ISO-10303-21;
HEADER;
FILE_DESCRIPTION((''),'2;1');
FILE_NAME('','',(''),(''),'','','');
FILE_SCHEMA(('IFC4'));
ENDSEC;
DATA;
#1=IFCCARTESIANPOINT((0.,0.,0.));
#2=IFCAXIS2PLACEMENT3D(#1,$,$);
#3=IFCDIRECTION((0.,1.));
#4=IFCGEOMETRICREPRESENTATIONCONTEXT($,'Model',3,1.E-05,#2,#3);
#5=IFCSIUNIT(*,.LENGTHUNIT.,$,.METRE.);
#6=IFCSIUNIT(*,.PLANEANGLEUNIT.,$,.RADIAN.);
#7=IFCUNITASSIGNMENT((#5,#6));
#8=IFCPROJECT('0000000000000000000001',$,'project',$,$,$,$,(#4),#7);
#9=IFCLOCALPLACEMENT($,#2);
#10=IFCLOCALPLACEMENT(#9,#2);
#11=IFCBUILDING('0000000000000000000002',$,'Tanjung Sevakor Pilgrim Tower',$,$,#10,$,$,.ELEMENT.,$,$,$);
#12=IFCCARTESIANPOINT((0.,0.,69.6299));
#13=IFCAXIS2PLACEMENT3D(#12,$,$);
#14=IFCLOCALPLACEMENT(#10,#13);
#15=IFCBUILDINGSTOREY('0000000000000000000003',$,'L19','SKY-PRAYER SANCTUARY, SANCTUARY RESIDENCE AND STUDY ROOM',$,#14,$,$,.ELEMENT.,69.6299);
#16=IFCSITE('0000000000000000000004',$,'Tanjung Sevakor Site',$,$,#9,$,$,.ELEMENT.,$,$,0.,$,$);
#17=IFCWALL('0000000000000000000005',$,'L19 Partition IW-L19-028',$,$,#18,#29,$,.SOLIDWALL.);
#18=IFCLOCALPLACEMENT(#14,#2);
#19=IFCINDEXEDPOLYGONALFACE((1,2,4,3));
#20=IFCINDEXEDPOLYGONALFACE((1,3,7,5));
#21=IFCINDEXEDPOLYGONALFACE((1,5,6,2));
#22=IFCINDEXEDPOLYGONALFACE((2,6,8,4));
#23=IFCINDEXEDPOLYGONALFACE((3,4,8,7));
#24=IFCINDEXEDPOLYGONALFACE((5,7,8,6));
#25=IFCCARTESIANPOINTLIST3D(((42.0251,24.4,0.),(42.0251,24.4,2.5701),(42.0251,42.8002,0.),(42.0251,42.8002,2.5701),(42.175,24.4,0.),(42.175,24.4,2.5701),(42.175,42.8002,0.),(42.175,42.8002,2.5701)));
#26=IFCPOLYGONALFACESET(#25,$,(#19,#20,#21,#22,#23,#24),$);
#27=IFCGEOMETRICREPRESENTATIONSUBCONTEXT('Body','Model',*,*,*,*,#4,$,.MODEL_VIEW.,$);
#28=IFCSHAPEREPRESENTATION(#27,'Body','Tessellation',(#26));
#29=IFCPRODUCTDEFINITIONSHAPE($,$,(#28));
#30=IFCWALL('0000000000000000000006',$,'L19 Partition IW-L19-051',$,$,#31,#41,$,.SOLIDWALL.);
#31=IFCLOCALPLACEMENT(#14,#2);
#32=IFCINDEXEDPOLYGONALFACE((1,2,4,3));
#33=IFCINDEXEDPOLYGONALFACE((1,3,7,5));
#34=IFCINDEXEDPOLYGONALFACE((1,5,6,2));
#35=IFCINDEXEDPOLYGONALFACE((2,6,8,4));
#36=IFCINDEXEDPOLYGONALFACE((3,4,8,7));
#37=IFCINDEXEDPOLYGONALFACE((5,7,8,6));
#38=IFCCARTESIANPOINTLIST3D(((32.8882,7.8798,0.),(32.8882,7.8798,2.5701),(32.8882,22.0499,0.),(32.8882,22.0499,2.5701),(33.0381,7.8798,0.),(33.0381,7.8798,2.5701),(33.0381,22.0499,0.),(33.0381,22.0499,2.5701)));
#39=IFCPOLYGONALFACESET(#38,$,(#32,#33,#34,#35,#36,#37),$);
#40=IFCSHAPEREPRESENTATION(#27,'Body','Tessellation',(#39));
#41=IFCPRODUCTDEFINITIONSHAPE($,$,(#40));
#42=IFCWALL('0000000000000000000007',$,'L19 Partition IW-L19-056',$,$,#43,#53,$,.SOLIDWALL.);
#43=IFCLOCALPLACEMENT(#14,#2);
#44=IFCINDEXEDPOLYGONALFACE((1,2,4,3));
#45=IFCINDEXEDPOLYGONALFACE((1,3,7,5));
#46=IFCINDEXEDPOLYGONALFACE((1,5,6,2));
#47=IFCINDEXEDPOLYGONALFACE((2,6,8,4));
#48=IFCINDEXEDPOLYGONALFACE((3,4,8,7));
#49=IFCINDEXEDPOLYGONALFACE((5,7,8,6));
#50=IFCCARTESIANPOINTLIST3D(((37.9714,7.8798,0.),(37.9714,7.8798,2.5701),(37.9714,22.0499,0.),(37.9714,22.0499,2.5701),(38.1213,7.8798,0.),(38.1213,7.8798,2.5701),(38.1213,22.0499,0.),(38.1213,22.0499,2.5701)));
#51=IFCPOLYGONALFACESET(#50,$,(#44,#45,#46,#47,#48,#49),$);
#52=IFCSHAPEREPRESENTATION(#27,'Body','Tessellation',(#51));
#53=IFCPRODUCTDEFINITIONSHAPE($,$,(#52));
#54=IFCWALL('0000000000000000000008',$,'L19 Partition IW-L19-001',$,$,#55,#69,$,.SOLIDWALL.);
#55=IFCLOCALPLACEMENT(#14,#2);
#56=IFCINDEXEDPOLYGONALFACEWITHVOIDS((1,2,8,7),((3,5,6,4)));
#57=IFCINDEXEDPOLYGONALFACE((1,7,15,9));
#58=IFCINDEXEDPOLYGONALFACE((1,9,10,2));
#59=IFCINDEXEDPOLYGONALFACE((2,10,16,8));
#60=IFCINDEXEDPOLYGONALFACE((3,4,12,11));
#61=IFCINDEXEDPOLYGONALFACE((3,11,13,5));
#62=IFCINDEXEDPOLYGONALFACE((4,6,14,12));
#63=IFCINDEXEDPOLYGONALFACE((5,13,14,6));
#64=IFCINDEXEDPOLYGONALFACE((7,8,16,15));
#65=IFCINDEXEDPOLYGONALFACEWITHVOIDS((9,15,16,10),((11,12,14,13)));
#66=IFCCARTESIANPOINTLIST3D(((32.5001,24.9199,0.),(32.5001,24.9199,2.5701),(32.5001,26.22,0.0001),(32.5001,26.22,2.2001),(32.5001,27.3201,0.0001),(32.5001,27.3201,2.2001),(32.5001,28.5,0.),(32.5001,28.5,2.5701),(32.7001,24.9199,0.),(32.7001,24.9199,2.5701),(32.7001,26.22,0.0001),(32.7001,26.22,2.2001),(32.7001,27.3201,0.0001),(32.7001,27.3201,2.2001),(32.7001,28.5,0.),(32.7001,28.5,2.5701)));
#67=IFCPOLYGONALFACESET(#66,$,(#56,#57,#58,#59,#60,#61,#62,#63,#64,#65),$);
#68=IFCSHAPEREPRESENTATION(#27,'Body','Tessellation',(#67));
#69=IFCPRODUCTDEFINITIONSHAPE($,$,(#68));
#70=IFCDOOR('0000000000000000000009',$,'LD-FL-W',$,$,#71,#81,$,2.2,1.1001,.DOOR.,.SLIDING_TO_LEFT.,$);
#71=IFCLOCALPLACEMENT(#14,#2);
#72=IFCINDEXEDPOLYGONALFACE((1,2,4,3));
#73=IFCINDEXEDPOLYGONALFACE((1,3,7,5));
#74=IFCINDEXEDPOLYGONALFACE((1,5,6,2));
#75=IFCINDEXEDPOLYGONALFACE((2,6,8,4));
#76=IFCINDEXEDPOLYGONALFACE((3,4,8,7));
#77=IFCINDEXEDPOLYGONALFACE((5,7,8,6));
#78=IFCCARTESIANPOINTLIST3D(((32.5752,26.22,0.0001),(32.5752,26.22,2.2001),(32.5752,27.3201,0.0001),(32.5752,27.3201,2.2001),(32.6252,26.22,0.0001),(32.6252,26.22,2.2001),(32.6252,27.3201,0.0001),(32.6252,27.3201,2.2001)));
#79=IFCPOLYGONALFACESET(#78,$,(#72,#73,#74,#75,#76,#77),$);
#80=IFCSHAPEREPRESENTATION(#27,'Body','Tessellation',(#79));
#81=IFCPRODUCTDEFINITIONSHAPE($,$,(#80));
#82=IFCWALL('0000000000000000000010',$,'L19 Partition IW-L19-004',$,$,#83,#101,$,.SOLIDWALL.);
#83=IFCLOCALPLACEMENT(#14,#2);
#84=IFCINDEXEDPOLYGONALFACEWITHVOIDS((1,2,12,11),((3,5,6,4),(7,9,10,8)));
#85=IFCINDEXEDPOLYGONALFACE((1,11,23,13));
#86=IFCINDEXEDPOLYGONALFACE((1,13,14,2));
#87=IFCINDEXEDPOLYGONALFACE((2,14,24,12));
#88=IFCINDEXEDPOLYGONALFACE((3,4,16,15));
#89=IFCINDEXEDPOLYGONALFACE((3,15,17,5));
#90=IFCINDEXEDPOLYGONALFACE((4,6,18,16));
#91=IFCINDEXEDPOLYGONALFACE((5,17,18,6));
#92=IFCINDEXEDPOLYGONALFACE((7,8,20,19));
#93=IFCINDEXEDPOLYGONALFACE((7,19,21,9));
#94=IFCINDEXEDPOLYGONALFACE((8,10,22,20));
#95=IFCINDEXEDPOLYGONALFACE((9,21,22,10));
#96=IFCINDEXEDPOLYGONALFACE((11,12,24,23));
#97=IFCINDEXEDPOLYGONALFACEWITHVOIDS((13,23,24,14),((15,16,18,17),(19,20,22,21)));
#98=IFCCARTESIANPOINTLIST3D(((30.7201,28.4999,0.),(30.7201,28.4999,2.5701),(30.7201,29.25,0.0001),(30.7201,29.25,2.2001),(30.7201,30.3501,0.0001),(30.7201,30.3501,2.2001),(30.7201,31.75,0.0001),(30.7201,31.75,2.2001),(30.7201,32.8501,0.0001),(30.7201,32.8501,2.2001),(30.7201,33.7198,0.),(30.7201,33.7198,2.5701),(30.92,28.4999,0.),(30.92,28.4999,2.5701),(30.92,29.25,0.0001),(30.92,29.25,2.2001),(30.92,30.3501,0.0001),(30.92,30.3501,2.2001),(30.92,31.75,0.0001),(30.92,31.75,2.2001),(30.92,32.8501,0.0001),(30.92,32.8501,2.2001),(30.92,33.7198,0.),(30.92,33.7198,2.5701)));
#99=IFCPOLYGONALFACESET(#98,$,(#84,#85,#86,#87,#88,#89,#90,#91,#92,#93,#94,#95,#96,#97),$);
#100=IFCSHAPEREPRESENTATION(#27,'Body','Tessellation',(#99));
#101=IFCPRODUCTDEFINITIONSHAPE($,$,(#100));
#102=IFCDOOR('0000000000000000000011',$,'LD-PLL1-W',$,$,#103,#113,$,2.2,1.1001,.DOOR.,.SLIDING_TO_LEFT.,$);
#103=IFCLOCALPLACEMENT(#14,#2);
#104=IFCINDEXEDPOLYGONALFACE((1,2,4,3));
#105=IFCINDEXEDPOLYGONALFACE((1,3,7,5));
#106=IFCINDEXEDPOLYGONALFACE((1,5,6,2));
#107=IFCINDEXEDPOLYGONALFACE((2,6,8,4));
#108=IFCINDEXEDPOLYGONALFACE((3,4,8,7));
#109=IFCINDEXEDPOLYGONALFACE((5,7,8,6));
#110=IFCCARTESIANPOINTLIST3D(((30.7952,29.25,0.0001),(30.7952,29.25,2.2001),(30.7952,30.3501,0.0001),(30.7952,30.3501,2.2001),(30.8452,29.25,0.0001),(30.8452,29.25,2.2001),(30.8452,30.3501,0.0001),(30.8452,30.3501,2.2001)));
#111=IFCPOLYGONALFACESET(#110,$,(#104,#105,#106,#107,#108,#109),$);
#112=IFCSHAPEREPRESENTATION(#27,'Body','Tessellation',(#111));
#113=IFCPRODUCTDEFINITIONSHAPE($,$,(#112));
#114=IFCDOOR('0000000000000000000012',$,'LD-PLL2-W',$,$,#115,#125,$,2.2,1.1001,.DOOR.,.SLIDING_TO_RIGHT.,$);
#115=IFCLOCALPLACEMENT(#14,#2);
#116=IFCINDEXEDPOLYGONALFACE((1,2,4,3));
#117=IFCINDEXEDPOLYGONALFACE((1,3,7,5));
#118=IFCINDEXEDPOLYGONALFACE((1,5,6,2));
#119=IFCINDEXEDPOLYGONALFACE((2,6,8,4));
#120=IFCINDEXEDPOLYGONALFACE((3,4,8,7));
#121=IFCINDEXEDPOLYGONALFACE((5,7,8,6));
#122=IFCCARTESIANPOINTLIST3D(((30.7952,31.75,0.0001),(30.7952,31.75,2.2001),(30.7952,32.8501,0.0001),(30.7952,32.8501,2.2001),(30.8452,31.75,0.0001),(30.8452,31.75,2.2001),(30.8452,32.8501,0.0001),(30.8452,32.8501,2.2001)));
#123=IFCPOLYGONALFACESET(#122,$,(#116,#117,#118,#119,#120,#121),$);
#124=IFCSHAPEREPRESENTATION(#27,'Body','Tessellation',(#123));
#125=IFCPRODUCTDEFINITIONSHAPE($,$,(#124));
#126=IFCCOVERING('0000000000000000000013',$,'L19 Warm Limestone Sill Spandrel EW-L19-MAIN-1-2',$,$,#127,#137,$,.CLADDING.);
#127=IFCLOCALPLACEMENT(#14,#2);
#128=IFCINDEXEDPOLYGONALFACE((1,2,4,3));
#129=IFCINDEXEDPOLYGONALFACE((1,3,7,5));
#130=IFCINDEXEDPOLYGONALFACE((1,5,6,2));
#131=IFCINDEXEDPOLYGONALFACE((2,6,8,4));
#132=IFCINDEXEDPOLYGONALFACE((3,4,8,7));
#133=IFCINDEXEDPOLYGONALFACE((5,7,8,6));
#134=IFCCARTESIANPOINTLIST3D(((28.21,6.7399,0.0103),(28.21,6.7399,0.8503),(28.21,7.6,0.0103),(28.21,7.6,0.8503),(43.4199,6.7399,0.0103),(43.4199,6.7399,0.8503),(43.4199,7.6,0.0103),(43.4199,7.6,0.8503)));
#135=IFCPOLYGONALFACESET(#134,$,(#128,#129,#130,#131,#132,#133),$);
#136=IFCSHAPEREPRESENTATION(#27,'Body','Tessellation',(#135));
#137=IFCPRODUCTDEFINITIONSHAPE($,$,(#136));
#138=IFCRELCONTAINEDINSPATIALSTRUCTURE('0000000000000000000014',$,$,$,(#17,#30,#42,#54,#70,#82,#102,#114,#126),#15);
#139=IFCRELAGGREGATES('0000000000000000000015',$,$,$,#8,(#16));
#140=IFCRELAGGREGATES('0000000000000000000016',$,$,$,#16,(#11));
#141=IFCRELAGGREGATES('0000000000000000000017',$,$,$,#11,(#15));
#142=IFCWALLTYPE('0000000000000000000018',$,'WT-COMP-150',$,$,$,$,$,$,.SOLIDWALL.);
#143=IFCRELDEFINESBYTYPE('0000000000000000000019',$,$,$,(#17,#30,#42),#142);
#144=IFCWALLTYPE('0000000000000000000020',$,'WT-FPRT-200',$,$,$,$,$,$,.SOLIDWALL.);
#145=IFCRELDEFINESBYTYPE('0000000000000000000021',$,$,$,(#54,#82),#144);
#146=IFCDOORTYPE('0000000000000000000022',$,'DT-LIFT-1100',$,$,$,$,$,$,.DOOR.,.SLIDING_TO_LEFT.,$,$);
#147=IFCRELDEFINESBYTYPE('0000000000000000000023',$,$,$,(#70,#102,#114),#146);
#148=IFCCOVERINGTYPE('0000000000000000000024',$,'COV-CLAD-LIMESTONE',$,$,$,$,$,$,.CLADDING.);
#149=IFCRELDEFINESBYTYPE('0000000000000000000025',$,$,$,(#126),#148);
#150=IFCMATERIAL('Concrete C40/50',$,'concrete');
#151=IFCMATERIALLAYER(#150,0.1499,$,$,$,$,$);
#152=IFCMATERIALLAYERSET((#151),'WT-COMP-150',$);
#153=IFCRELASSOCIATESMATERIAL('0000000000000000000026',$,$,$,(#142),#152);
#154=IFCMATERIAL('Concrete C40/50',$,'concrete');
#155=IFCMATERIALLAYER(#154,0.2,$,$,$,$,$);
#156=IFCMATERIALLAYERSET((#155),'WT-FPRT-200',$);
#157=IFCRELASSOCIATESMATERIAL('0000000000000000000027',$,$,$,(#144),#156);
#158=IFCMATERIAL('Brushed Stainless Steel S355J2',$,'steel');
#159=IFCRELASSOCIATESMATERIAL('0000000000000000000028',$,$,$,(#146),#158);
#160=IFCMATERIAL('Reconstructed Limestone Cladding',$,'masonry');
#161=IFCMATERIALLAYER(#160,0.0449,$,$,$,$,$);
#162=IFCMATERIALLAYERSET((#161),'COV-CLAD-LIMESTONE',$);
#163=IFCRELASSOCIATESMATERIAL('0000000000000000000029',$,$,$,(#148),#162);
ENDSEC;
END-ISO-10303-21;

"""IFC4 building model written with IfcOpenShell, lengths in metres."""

from ifc_helpers import new_model, si_unit, direction, frame, frame_2d, origin, origin_2d, place, context, subcontext, project, spatial, rectangle, extrude, material, layer, layer_set, type_object, element, fill, save


model = new_model("IFC4")

# Units and contexts
model_context = context("Model", 3, precision=1e-05, world=origin(), true_north=direction((0.0, 1.0)))
body_context = subcontext(model_context, "Body", "Model", "MODEL_VIEW")
ifc_project = project(units=[si_unit("LENGTHUNIT", "METRE"), si_unit("PLANEANGLEUNIT", "RADIAN")], contexts=[model_context])

# Site, building, storey
site_placement = place(None, origin())
site = spatial("IfcSite", under=ifc_project, at=site_placement, Name="Tanjung Sevakor Site", CompositionType="ELEMENT", RefElevation=0.0)
building_placement = place(site_placement, origin())
building = spatial("IfcBuilding", under=site, at=building_placement, Name="Tanjung Sevakor Pilgrim Tower", CompositionType="ELEMENT")
storey_placement = place(building_placement, frame((0.0, 0.0, 69.6299)))
storey = spatial("IfcBuildingStorey", under=building, at=storey_placement, Name="L19", Description="SKY-PRAYER SANCTUARY, SANCTUARY RESIDENCE AND STUDY ROOM", CompositionType="ELEMENT", Elevation=69.6299)

# Shared definitions
ifc_material_1 = material(Name="Concrete C40/50", Category="concrete")
ifc_layer_1 = layer(ifc_material_1, 0.1499)
ifc_layer_set_1 = layer_set([ifc_layer_1], Name="WT-COMP-150")
wall_type_1 = type_object("IfcWallType", Name="WT-COMP-150", PredefinedType="SOLIDWALL", material=ifc_layer_set_1)

# Walls
wall_1_placement = place(storey_placement, frame((42.1001, 24.3999, 0.0), z_axis=(0.0, 0.0, 1.0), x_axis=(0.0, 1.0, 0.0)))
element("IfcWall", 1, at=wall_1_placement, inside=storey, type_object=wall_type_1, Name="L19 Partition IW-L19-028", PredefinedType="SOLIDWALL", context=body_context, shape_type="SweptSolid", body=[
    extrude(rectangle(XDim=18.4001, YDim=0.1499, at=frame_2d((9.2002, 0.0))), origin(), (0.0, 0.0, 1.0), 2.5701),
])
for number, where, z_axis, x_axis, name in (
    (2, (32.9631, 7.8799, 0.0), (0.0, 0.0, 1.0), (0.0, 1.0, 0.0), "L19 Partition IW-L19-051"),
    (3, (38.0464, 7.8799, 0.0), (0.0, 0.0, 1.0), (0.0, 1.0, 0.0), "L19 Partition IW-L19-056"),
):
    element("IfcWall", number, at=place(storey_placement, frame(where, z_axis=z_axis, x_axis=x_axis)), inside=storey, type_object=wall_type_1, Name=name, PredefinedType="SOLIDWALL", context=body_context, shape_type="SweptSolid", body=[
        extrude(rectangle(XDim=14.1702, YDim=0.1499, at=frame_2d((7.085, 0.0))), origin(), (0.0, 0.0, 1.0), 2.5701),
    ])

# Wall, opening, door
ifc_material_2 = material(Name="Concrete C40/50", Category="concrete")
ifc_layer_2 = layer(ifc_material_2, 0.2)
ifc_layer_set_2 = layer_set([ifc_layer_2], Name="WT-FPRT-200")
wall_type_2 = type_object("IfcWallType", Name="WT-FPRT-200", PredefinedType="SOLIDWALL", material=ifc_layer_set_2)
wall_2_placement = place(storey_placement, frame((32.6001, 24.9199, 0.0), z_axis=(0.0, 0.0, 1.0), x_axis=(0.0, 1.0, 0.0)))
wall_2 = element("IfcWall", 4, at=wall_2_placement, inside=storey, type_object=wall_type_2, Name="L19 Partition IW-L19-001", PredefinedType="SOLIDWALL", context=body_context, shape_type="SweptSolid", body=[
    extrude(rectangle(XDim=3.5801, YDim=0.2, at=frame_2d((1.79, 0.0))), origin(), (0.0, 0.0, 1.0), 2.5701),
])
opening_1_placement = place(wall_2_placement, frame((1.3, 0.0, 0.0)))
opening_1 = element("IfcOpeningElement", 5, at=opening_1_placement, cuts=wall_2, PredefinedType="OPENING", context=body_context, shape_type="SweptSolid", body=[
    extrude(rectangle(XDim=1.1001, YDim=2.2, at=frame_2d((0.55, 1.1001))), frame((0.0, 0.1099, 0.0), z_axis=(0.0, -1.0, 0.0), x_axis=(1.0, 0.0, 0.0)), (0.0, 0.0, 1.0), 0.22),
])
ifc_material_3 = material(Name="Brushed Stainless Steel S355J2", Category="steel")
door_type_1 = type_object("IfcDoorType", Name="DT-LIFT-1100", OperationType="SLIDING_TO_LEFT", PredefinedType="DOOR", material=ifc_material_3)
door_1_placement = place(opening_1_placement, origin())
door_1 = element("IfcDoor", 6, at=door_1_placement, inside=storey, type_object=door_type_1, Name="LD-FL-W", OperationType="SLIDING_TO_LEFT", OverallHeight=2.2, OverallWidth=1.1001, PredefinedType="DOOR", context=body_context, shape_type="SweptSolid", body=[
    extrude(rectangle(XDim=1.1001, YDim=2.2, at=frame_2d((0.55, 1.1001))), frame((0.0, 0.0249, 0.0), z_axis=(0.0, -1.0, 0.0), x_axis=(1.0, 0.0, 0.0)), (0.0, 0.0, 1.0), 0.05),
])
fill(opening_1, door_1)

# Wall, openings, doors
wall_3_placement = place(storey_placement, frame((30.8201, 28.5, 0.0), z_axis=(0.0, 0.0, 1.0), x_axis=(0.0, 1.0, 0.0)))
wall_3 = element("IfcWall", 7, at=wall_3_placement, inside=storey, type_object=wall_type_2, Name="L19 Partition IW-L19-004", PredefinedType="SOLIDWALL", context=body_context, shape_type="SweptSolid", body=[
    extrude(rectangle(XDim=5.22, YDim=0.2, at=frame_2d((2.6099, 0.0))), origin(), (0.0, 0.0, 1.0), 2.5701),
])
opening_2_placement = place(wall_3_placement, frame((0.75, 0.0, 0.0)))
opening_2 = element("IfcOpeningElement", 8, at=opening_2_placement, cuts=wall_3, PredefinedType="OPENING", context=body_context, shape_type="SweptSolid", body=[
    extrude(rectangle(XDim=1.1001, YDim=2.2, at=frame_2d((0.55, 1.1001))), frame((0.0, 0.1099, 0.0), z_axis=(0.0, -1.0, 0.0), x_axis=(1.0, 0.0, 0.0)), (0.0, 0.0, 1.0), 0.22),
])
opening_3_placement = place(wall_3_placement, frame((3.25, 0.0, 0.0)))
opening_3 = element("IfcOpeningElement", 9, at=opening_3_placement, cuts=wall_3, PredefinedType="OPENING", context=body_context, shape_type="SweptSolid", body=[
    extrude(rectangle(XDim=1.1001, YDim=2.2, at=frame_2d((0.55, 1.1001))), frame((0.0, 0.1099, 0.0), z_axis=(0.0, -1.0, 0.0), x_axis=(1.0, 0.0, 0.0)), (0.0, 0.0, 1.0), 0.22),
])
door_2_placement = place(opening_2_placement, origin())
door_2 = element("IfcDoor", 10, at=door_2_placement, inside=storey, type_object=door_type_1, Name="LD-PLL1-W", OperationType="SLIDING_TO_LEFT", OverallHeight=2.2, OverallWidth=1.1001, PredefinedType="DOOR", context=body_context, shape_type="SweptSolid", body=[
    extrude(rectangle(XDim=1.1001, YDim=2.2, at=frame_2d((0.55, 1.1001))), frame((0.0, 0.0249, 0.0), z_axis=(0.0, -1.0, 0.0), x_axis=(1.0, 0.0, 0.0)), (0.0, 0.0, 1.0), 0.05),
])
fill(opening_2, door_2)
door_3_placement = place(opening_3_placement, origin())
door_3 = element("IfcDoor", 11, at=door_3_placement, inside=storey, type_object=door_type_1, Name="LD-PLL2-W", OperationType="SLIDING_TO_RIGHT", OverallHeight=2.2, OverallWidth=1.1001, PredefinedType="DOOR", context=body_context, shape_type="SweptSolid", body=[
    extrude(rectangle(XDim=1.1001, YDim=2.2, at=frame_2d((0.55, 1.1001))), frame((0.0, 0.0249, 0.0), z_axis=(0.0, -1.0, 0.0), x_axis=(1.0, 0.0, 0.0)), (0.0, 0.0, 1.0), 0.05),
])
fill(opening_3, door_3)

# Covering
ifc_material_4 = material(Name="Reconstructed Limestone Cladding", Category="masonry")
ifc_layer_3 = layer(ifc_material_4, 0.0449)
ifc_layer_set_3 = layer_set([ifc_layer_3], Name="COV-CLAD-LIMESTONE")
covering_type = type_object("IfcCoveringType", Name="COV-CLAD-LIMESTONE", PredefinedType="CLADDING", material=ifc_layer_set_3)
covering_placement = place(storey_placement, frame((35.8149, 7.1699, 0.0103), z_axis=(0.0, 0.0, 1.0), x_axis=(1.0, 0.0, 0.0)))
element("IfcCovering", 12, at=covering_placement, inside=storey, type_object=covering_type, Name="L19 Warm Limestone Sill Spandrel EW-L19-MAIN-1-2", PredefinedType="CLADDING", context=body_context, shape_type="SweptSolid", body=[
    extrude(rectangle(XDim=15.21, YDim=0.8601, at=origin_2d()), origin(), (0.0, 0.0, 1.0), 0.8401),
])

save(model, "model.ifc")
